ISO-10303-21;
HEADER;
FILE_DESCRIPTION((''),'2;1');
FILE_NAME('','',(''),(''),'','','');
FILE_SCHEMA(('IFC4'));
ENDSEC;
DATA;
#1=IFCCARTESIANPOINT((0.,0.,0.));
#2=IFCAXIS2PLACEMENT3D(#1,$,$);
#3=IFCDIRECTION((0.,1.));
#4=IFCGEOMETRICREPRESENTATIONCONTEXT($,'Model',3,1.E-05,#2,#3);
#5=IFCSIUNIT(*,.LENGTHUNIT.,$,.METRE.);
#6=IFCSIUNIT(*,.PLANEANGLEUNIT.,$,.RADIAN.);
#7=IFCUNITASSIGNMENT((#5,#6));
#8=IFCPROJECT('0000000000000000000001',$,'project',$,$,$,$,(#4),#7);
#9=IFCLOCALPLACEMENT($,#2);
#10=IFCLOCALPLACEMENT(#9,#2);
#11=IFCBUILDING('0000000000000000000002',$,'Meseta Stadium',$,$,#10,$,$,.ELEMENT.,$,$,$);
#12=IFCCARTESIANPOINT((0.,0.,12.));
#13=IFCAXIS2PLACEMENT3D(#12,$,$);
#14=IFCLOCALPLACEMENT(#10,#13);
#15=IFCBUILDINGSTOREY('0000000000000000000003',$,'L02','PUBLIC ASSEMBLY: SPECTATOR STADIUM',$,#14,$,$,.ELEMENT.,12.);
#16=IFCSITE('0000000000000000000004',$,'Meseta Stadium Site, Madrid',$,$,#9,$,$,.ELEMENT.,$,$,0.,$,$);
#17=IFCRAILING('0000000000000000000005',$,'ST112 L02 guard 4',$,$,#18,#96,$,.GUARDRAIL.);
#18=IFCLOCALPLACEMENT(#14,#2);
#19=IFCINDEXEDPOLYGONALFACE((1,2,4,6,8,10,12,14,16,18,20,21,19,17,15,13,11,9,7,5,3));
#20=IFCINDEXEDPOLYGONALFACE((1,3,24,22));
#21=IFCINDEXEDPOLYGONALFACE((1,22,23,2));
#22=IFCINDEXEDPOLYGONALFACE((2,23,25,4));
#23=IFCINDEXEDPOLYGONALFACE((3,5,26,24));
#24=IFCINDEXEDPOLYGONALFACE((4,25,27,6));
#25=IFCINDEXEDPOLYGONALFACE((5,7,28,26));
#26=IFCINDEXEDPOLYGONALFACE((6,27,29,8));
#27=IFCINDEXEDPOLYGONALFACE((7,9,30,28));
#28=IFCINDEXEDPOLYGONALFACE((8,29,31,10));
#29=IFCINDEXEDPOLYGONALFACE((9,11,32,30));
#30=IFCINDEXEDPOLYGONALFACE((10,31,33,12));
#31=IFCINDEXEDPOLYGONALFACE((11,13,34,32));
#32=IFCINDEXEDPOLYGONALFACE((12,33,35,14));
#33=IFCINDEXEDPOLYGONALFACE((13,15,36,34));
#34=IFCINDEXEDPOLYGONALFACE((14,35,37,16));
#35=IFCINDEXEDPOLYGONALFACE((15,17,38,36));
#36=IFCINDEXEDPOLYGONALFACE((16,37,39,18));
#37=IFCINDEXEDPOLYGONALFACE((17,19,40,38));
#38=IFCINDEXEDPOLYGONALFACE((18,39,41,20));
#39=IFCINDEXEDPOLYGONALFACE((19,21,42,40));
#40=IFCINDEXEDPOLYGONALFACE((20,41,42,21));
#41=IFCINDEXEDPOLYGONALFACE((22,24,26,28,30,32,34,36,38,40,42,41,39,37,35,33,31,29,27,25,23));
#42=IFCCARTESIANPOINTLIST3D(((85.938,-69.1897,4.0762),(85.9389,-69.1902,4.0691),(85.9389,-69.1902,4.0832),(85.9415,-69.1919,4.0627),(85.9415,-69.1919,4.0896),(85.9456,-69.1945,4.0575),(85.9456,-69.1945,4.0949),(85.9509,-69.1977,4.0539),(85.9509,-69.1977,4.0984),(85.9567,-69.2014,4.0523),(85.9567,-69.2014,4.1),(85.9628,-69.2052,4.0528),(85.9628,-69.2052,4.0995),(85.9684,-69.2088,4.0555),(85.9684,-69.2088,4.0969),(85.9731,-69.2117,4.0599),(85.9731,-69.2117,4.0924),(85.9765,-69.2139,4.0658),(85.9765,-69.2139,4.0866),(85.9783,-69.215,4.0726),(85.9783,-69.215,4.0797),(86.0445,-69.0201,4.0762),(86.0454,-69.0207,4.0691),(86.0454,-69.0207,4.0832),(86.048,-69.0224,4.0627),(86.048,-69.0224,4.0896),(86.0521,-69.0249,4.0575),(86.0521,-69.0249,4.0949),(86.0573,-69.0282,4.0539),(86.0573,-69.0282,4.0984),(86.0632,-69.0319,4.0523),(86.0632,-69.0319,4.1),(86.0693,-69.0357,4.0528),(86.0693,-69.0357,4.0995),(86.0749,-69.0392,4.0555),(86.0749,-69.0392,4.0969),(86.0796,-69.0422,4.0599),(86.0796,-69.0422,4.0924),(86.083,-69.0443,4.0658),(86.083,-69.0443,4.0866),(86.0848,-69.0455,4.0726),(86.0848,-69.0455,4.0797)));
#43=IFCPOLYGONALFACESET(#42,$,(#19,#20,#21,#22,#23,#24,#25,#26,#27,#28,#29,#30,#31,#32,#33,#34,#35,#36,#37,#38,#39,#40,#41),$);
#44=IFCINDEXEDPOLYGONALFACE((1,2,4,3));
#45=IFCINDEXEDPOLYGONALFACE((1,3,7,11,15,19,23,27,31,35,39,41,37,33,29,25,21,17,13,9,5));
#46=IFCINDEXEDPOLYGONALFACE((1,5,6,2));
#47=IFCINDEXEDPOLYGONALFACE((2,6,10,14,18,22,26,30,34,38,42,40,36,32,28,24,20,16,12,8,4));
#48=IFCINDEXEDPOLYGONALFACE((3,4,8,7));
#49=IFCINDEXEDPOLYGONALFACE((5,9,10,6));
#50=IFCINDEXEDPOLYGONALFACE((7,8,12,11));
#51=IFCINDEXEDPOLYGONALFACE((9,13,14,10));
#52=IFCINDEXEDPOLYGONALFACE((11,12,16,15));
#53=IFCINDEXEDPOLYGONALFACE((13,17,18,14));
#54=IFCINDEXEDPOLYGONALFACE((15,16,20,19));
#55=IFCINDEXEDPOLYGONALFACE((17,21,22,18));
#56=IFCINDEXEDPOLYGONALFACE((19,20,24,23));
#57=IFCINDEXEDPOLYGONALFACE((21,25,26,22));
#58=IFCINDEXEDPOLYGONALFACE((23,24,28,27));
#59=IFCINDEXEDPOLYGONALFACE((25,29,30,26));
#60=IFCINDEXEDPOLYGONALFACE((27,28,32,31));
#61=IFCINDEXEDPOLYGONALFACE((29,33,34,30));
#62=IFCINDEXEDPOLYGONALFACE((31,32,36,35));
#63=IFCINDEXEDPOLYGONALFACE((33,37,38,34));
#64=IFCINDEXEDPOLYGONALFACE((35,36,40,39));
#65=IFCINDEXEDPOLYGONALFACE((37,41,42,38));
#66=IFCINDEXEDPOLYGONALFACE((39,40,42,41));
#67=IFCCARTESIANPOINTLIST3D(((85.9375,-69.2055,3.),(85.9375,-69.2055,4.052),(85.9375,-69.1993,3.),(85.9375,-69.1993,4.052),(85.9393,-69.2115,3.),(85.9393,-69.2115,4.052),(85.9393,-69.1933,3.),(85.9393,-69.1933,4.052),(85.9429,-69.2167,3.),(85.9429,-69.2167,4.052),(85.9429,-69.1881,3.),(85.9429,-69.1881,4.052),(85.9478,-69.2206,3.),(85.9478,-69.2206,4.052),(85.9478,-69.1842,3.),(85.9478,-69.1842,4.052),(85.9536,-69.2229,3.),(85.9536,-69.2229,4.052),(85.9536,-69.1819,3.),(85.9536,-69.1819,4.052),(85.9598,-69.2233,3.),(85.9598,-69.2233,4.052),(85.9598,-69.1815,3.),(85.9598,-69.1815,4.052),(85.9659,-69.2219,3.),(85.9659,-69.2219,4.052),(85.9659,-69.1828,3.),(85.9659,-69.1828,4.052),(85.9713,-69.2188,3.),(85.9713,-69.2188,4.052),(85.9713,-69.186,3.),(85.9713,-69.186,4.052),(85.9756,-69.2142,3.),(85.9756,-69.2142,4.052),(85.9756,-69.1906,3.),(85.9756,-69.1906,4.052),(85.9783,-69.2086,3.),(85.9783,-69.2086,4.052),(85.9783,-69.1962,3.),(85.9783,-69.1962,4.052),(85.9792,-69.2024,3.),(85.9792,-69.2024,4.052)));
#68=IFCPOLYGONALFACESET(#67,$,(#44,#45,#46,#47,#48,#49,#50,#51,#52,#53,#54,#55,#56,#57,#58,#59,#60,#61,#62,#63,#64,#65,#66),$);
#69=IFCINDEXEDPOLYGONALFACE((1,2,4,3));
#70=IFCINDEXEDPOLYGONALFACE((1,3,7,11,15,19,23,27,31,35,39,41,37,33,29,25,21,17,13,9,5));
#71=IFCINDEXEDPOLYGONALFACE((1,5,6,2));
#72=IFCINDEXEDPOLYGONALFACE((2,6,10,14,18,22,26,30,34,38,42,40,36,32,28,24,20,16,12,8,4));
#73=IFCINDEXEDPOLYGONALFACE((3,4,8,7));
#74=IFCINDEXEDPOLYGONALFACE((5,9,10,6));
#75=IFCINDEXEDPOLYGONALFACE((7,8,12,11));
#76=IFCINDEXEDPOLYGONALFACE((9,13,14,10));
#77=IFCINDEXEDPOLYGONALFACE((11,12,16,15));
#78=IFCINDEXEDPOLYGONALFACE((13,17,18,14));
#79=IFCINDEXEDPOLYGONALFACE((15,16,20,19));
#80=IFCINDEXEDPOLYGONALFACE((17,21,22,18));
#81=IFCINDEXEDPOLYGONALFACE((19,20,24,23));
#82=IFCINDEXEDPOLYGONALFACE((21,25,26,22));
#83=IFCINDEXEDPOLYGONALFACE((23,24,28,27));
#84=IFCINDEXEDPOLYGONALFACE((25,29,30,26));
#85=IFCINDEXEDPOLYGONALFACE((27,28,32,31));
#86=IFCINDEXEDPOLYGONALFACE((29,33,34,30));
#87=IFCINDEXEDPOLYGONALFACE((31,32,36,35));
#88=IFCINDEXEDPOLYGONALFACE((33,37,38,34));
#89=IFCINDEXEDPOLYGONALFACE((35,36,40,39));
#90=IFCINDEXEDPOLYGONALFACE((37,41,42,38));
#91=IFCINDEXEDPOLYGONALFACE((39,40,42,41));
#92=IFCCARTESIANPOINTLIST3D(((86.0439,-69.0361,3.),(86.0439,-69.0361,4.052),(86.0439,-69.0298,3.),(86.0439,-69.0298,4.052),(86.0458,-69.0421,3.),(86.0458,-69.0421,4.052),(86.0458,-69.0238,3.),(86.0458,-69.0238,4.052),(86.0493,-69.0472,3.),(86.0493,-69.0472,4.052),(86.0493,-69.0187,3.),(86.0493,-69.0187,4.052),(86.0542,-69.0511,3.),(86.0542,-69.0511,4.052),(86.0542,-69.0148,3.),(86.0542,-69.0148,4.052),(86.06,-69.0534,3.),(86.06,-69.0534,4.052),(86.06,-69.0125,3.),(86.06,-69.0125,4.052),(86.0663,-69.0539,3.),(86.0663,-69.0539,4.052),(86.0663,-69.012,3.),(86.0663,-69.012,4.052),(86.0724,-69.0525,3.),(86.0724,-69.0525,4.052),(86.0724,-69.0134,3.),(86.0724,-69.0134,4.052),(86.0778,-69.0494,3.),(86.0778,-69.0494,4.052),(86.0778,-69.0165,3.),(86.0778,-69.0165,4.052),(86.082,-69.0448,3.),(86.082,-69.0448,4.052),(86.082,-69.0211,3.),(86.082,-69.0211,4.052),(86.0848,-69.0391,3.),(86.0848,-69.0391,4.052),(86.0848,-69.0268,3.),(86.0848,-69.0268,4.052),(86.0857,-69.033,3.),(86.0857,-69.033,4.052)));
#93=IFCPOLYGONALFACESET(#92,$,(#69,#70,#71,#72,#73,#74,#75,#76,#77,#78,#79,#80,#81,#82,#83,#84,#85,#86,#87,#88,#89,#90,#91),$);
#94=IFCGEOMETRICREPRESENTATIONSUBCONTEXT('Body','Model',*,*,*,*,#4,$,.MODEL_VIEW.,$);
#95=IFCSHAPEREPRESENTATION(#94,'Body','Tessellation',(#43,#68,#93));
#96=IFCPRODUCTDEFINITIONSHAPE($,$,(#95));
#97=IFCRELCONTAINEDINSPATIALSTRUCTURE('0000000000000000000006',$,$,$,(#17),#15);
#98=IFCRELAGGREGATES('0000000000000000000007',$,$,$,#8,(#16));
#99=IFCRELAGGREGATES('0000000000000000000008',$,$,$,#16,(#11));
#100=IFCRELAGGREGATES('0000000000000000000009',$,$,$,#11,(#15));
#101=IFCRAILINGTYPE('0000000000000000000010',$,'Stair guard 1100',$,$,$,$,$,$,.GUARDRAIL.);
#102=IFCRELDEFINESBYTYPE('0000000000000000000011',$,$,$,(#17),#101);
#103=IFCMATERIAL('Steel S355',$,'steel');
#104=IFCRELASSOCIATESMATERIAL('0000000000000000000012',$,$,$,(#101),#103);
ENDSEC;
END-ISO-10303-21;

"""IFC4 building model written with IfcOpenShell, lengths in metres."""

from ifc_helpers import new_model, si_unit, direction, frame, origin, origin_2d, place, context, subcontext, project, spatial, circle, extrude, material, type_object, element, save


model = new_model("IFC4")

# Units and contexts
model_context = context("Model", 3, precision=1e-05, world=origin(), true_north=direction((0.0, 1.0)))
body_context = subcontext(model_context, "Body", "Model", "MODEL_VIEW")
ifc_project = project(units=[si_unit("LENGTHUNIT", "METRE"), si_unit("PLANEANGLEUNIT", "RADIAN")], contexts=[model_context])

# Site, building, storey
site_placement = place(None, origin())
site = spatial("IfcSite", under=ifc_project, at=site_placement, Name="Meseta Stadium Site, Madrid", CompositionType="ELEMENT", RefElevation=0.0)
building_placement = place(site_placement, origin())
building = spatial("IfcBuilding", under=site, at=building_placement, Name="Meseta Stadium", CompositionType="ELEMENT")
storey_placement = place(building_placement, frame((0.0, 0.0, 12.0)))
storey = spatial("IfcBuildingStorey", under=building, at=storey_placement, Name="L02", Description="PUBLIC ASSEMBLY: SPECTATOR STADIUM", CompositionType="ELEMENT", Elevation=12.0)

# Railing
ifc_material_1 = material(Name="Steel S355", Category="steel")
railing_type_1 = type_object("IfcRailingType", Name="Stair guard 1100", PredefinedType="GUARDRAIL", material=ifc_material_1)
railing_1_placement = place(storey_placement, frame((85.9583, -69.2024, 3.0)))
element("IfcRailing", 1, at=railing_1_placement, inside=storey, type_object=railing_type_1, Name="ST112 L02 guard 4", PredefinedType="GUARDRAIL", context=body_context, shape_type="SweptSolid", body=[
    extrude(circle(Radius=0.0239, at=origin_2d()), frame((0.0, 0.0, 1.0762), z_axis=(0.531972, 0.846762, 0.0), x_axis=(-0.846762, 0.531972, 0.0)), (0.0, 0.0, 1.0), 0.2002),
    extrude(circle(Radius=0.021, at=origin_2d()), origin(), (0.0, 0.0, 1.0), 1.052),
    extrude(circle(Radius=0.021, at=origin_2d()), frame((0.1064, 0.1694, 0.0)), (0.0, 0.0, 1.0), 1.052),
])

save(model, "model.ifc")
